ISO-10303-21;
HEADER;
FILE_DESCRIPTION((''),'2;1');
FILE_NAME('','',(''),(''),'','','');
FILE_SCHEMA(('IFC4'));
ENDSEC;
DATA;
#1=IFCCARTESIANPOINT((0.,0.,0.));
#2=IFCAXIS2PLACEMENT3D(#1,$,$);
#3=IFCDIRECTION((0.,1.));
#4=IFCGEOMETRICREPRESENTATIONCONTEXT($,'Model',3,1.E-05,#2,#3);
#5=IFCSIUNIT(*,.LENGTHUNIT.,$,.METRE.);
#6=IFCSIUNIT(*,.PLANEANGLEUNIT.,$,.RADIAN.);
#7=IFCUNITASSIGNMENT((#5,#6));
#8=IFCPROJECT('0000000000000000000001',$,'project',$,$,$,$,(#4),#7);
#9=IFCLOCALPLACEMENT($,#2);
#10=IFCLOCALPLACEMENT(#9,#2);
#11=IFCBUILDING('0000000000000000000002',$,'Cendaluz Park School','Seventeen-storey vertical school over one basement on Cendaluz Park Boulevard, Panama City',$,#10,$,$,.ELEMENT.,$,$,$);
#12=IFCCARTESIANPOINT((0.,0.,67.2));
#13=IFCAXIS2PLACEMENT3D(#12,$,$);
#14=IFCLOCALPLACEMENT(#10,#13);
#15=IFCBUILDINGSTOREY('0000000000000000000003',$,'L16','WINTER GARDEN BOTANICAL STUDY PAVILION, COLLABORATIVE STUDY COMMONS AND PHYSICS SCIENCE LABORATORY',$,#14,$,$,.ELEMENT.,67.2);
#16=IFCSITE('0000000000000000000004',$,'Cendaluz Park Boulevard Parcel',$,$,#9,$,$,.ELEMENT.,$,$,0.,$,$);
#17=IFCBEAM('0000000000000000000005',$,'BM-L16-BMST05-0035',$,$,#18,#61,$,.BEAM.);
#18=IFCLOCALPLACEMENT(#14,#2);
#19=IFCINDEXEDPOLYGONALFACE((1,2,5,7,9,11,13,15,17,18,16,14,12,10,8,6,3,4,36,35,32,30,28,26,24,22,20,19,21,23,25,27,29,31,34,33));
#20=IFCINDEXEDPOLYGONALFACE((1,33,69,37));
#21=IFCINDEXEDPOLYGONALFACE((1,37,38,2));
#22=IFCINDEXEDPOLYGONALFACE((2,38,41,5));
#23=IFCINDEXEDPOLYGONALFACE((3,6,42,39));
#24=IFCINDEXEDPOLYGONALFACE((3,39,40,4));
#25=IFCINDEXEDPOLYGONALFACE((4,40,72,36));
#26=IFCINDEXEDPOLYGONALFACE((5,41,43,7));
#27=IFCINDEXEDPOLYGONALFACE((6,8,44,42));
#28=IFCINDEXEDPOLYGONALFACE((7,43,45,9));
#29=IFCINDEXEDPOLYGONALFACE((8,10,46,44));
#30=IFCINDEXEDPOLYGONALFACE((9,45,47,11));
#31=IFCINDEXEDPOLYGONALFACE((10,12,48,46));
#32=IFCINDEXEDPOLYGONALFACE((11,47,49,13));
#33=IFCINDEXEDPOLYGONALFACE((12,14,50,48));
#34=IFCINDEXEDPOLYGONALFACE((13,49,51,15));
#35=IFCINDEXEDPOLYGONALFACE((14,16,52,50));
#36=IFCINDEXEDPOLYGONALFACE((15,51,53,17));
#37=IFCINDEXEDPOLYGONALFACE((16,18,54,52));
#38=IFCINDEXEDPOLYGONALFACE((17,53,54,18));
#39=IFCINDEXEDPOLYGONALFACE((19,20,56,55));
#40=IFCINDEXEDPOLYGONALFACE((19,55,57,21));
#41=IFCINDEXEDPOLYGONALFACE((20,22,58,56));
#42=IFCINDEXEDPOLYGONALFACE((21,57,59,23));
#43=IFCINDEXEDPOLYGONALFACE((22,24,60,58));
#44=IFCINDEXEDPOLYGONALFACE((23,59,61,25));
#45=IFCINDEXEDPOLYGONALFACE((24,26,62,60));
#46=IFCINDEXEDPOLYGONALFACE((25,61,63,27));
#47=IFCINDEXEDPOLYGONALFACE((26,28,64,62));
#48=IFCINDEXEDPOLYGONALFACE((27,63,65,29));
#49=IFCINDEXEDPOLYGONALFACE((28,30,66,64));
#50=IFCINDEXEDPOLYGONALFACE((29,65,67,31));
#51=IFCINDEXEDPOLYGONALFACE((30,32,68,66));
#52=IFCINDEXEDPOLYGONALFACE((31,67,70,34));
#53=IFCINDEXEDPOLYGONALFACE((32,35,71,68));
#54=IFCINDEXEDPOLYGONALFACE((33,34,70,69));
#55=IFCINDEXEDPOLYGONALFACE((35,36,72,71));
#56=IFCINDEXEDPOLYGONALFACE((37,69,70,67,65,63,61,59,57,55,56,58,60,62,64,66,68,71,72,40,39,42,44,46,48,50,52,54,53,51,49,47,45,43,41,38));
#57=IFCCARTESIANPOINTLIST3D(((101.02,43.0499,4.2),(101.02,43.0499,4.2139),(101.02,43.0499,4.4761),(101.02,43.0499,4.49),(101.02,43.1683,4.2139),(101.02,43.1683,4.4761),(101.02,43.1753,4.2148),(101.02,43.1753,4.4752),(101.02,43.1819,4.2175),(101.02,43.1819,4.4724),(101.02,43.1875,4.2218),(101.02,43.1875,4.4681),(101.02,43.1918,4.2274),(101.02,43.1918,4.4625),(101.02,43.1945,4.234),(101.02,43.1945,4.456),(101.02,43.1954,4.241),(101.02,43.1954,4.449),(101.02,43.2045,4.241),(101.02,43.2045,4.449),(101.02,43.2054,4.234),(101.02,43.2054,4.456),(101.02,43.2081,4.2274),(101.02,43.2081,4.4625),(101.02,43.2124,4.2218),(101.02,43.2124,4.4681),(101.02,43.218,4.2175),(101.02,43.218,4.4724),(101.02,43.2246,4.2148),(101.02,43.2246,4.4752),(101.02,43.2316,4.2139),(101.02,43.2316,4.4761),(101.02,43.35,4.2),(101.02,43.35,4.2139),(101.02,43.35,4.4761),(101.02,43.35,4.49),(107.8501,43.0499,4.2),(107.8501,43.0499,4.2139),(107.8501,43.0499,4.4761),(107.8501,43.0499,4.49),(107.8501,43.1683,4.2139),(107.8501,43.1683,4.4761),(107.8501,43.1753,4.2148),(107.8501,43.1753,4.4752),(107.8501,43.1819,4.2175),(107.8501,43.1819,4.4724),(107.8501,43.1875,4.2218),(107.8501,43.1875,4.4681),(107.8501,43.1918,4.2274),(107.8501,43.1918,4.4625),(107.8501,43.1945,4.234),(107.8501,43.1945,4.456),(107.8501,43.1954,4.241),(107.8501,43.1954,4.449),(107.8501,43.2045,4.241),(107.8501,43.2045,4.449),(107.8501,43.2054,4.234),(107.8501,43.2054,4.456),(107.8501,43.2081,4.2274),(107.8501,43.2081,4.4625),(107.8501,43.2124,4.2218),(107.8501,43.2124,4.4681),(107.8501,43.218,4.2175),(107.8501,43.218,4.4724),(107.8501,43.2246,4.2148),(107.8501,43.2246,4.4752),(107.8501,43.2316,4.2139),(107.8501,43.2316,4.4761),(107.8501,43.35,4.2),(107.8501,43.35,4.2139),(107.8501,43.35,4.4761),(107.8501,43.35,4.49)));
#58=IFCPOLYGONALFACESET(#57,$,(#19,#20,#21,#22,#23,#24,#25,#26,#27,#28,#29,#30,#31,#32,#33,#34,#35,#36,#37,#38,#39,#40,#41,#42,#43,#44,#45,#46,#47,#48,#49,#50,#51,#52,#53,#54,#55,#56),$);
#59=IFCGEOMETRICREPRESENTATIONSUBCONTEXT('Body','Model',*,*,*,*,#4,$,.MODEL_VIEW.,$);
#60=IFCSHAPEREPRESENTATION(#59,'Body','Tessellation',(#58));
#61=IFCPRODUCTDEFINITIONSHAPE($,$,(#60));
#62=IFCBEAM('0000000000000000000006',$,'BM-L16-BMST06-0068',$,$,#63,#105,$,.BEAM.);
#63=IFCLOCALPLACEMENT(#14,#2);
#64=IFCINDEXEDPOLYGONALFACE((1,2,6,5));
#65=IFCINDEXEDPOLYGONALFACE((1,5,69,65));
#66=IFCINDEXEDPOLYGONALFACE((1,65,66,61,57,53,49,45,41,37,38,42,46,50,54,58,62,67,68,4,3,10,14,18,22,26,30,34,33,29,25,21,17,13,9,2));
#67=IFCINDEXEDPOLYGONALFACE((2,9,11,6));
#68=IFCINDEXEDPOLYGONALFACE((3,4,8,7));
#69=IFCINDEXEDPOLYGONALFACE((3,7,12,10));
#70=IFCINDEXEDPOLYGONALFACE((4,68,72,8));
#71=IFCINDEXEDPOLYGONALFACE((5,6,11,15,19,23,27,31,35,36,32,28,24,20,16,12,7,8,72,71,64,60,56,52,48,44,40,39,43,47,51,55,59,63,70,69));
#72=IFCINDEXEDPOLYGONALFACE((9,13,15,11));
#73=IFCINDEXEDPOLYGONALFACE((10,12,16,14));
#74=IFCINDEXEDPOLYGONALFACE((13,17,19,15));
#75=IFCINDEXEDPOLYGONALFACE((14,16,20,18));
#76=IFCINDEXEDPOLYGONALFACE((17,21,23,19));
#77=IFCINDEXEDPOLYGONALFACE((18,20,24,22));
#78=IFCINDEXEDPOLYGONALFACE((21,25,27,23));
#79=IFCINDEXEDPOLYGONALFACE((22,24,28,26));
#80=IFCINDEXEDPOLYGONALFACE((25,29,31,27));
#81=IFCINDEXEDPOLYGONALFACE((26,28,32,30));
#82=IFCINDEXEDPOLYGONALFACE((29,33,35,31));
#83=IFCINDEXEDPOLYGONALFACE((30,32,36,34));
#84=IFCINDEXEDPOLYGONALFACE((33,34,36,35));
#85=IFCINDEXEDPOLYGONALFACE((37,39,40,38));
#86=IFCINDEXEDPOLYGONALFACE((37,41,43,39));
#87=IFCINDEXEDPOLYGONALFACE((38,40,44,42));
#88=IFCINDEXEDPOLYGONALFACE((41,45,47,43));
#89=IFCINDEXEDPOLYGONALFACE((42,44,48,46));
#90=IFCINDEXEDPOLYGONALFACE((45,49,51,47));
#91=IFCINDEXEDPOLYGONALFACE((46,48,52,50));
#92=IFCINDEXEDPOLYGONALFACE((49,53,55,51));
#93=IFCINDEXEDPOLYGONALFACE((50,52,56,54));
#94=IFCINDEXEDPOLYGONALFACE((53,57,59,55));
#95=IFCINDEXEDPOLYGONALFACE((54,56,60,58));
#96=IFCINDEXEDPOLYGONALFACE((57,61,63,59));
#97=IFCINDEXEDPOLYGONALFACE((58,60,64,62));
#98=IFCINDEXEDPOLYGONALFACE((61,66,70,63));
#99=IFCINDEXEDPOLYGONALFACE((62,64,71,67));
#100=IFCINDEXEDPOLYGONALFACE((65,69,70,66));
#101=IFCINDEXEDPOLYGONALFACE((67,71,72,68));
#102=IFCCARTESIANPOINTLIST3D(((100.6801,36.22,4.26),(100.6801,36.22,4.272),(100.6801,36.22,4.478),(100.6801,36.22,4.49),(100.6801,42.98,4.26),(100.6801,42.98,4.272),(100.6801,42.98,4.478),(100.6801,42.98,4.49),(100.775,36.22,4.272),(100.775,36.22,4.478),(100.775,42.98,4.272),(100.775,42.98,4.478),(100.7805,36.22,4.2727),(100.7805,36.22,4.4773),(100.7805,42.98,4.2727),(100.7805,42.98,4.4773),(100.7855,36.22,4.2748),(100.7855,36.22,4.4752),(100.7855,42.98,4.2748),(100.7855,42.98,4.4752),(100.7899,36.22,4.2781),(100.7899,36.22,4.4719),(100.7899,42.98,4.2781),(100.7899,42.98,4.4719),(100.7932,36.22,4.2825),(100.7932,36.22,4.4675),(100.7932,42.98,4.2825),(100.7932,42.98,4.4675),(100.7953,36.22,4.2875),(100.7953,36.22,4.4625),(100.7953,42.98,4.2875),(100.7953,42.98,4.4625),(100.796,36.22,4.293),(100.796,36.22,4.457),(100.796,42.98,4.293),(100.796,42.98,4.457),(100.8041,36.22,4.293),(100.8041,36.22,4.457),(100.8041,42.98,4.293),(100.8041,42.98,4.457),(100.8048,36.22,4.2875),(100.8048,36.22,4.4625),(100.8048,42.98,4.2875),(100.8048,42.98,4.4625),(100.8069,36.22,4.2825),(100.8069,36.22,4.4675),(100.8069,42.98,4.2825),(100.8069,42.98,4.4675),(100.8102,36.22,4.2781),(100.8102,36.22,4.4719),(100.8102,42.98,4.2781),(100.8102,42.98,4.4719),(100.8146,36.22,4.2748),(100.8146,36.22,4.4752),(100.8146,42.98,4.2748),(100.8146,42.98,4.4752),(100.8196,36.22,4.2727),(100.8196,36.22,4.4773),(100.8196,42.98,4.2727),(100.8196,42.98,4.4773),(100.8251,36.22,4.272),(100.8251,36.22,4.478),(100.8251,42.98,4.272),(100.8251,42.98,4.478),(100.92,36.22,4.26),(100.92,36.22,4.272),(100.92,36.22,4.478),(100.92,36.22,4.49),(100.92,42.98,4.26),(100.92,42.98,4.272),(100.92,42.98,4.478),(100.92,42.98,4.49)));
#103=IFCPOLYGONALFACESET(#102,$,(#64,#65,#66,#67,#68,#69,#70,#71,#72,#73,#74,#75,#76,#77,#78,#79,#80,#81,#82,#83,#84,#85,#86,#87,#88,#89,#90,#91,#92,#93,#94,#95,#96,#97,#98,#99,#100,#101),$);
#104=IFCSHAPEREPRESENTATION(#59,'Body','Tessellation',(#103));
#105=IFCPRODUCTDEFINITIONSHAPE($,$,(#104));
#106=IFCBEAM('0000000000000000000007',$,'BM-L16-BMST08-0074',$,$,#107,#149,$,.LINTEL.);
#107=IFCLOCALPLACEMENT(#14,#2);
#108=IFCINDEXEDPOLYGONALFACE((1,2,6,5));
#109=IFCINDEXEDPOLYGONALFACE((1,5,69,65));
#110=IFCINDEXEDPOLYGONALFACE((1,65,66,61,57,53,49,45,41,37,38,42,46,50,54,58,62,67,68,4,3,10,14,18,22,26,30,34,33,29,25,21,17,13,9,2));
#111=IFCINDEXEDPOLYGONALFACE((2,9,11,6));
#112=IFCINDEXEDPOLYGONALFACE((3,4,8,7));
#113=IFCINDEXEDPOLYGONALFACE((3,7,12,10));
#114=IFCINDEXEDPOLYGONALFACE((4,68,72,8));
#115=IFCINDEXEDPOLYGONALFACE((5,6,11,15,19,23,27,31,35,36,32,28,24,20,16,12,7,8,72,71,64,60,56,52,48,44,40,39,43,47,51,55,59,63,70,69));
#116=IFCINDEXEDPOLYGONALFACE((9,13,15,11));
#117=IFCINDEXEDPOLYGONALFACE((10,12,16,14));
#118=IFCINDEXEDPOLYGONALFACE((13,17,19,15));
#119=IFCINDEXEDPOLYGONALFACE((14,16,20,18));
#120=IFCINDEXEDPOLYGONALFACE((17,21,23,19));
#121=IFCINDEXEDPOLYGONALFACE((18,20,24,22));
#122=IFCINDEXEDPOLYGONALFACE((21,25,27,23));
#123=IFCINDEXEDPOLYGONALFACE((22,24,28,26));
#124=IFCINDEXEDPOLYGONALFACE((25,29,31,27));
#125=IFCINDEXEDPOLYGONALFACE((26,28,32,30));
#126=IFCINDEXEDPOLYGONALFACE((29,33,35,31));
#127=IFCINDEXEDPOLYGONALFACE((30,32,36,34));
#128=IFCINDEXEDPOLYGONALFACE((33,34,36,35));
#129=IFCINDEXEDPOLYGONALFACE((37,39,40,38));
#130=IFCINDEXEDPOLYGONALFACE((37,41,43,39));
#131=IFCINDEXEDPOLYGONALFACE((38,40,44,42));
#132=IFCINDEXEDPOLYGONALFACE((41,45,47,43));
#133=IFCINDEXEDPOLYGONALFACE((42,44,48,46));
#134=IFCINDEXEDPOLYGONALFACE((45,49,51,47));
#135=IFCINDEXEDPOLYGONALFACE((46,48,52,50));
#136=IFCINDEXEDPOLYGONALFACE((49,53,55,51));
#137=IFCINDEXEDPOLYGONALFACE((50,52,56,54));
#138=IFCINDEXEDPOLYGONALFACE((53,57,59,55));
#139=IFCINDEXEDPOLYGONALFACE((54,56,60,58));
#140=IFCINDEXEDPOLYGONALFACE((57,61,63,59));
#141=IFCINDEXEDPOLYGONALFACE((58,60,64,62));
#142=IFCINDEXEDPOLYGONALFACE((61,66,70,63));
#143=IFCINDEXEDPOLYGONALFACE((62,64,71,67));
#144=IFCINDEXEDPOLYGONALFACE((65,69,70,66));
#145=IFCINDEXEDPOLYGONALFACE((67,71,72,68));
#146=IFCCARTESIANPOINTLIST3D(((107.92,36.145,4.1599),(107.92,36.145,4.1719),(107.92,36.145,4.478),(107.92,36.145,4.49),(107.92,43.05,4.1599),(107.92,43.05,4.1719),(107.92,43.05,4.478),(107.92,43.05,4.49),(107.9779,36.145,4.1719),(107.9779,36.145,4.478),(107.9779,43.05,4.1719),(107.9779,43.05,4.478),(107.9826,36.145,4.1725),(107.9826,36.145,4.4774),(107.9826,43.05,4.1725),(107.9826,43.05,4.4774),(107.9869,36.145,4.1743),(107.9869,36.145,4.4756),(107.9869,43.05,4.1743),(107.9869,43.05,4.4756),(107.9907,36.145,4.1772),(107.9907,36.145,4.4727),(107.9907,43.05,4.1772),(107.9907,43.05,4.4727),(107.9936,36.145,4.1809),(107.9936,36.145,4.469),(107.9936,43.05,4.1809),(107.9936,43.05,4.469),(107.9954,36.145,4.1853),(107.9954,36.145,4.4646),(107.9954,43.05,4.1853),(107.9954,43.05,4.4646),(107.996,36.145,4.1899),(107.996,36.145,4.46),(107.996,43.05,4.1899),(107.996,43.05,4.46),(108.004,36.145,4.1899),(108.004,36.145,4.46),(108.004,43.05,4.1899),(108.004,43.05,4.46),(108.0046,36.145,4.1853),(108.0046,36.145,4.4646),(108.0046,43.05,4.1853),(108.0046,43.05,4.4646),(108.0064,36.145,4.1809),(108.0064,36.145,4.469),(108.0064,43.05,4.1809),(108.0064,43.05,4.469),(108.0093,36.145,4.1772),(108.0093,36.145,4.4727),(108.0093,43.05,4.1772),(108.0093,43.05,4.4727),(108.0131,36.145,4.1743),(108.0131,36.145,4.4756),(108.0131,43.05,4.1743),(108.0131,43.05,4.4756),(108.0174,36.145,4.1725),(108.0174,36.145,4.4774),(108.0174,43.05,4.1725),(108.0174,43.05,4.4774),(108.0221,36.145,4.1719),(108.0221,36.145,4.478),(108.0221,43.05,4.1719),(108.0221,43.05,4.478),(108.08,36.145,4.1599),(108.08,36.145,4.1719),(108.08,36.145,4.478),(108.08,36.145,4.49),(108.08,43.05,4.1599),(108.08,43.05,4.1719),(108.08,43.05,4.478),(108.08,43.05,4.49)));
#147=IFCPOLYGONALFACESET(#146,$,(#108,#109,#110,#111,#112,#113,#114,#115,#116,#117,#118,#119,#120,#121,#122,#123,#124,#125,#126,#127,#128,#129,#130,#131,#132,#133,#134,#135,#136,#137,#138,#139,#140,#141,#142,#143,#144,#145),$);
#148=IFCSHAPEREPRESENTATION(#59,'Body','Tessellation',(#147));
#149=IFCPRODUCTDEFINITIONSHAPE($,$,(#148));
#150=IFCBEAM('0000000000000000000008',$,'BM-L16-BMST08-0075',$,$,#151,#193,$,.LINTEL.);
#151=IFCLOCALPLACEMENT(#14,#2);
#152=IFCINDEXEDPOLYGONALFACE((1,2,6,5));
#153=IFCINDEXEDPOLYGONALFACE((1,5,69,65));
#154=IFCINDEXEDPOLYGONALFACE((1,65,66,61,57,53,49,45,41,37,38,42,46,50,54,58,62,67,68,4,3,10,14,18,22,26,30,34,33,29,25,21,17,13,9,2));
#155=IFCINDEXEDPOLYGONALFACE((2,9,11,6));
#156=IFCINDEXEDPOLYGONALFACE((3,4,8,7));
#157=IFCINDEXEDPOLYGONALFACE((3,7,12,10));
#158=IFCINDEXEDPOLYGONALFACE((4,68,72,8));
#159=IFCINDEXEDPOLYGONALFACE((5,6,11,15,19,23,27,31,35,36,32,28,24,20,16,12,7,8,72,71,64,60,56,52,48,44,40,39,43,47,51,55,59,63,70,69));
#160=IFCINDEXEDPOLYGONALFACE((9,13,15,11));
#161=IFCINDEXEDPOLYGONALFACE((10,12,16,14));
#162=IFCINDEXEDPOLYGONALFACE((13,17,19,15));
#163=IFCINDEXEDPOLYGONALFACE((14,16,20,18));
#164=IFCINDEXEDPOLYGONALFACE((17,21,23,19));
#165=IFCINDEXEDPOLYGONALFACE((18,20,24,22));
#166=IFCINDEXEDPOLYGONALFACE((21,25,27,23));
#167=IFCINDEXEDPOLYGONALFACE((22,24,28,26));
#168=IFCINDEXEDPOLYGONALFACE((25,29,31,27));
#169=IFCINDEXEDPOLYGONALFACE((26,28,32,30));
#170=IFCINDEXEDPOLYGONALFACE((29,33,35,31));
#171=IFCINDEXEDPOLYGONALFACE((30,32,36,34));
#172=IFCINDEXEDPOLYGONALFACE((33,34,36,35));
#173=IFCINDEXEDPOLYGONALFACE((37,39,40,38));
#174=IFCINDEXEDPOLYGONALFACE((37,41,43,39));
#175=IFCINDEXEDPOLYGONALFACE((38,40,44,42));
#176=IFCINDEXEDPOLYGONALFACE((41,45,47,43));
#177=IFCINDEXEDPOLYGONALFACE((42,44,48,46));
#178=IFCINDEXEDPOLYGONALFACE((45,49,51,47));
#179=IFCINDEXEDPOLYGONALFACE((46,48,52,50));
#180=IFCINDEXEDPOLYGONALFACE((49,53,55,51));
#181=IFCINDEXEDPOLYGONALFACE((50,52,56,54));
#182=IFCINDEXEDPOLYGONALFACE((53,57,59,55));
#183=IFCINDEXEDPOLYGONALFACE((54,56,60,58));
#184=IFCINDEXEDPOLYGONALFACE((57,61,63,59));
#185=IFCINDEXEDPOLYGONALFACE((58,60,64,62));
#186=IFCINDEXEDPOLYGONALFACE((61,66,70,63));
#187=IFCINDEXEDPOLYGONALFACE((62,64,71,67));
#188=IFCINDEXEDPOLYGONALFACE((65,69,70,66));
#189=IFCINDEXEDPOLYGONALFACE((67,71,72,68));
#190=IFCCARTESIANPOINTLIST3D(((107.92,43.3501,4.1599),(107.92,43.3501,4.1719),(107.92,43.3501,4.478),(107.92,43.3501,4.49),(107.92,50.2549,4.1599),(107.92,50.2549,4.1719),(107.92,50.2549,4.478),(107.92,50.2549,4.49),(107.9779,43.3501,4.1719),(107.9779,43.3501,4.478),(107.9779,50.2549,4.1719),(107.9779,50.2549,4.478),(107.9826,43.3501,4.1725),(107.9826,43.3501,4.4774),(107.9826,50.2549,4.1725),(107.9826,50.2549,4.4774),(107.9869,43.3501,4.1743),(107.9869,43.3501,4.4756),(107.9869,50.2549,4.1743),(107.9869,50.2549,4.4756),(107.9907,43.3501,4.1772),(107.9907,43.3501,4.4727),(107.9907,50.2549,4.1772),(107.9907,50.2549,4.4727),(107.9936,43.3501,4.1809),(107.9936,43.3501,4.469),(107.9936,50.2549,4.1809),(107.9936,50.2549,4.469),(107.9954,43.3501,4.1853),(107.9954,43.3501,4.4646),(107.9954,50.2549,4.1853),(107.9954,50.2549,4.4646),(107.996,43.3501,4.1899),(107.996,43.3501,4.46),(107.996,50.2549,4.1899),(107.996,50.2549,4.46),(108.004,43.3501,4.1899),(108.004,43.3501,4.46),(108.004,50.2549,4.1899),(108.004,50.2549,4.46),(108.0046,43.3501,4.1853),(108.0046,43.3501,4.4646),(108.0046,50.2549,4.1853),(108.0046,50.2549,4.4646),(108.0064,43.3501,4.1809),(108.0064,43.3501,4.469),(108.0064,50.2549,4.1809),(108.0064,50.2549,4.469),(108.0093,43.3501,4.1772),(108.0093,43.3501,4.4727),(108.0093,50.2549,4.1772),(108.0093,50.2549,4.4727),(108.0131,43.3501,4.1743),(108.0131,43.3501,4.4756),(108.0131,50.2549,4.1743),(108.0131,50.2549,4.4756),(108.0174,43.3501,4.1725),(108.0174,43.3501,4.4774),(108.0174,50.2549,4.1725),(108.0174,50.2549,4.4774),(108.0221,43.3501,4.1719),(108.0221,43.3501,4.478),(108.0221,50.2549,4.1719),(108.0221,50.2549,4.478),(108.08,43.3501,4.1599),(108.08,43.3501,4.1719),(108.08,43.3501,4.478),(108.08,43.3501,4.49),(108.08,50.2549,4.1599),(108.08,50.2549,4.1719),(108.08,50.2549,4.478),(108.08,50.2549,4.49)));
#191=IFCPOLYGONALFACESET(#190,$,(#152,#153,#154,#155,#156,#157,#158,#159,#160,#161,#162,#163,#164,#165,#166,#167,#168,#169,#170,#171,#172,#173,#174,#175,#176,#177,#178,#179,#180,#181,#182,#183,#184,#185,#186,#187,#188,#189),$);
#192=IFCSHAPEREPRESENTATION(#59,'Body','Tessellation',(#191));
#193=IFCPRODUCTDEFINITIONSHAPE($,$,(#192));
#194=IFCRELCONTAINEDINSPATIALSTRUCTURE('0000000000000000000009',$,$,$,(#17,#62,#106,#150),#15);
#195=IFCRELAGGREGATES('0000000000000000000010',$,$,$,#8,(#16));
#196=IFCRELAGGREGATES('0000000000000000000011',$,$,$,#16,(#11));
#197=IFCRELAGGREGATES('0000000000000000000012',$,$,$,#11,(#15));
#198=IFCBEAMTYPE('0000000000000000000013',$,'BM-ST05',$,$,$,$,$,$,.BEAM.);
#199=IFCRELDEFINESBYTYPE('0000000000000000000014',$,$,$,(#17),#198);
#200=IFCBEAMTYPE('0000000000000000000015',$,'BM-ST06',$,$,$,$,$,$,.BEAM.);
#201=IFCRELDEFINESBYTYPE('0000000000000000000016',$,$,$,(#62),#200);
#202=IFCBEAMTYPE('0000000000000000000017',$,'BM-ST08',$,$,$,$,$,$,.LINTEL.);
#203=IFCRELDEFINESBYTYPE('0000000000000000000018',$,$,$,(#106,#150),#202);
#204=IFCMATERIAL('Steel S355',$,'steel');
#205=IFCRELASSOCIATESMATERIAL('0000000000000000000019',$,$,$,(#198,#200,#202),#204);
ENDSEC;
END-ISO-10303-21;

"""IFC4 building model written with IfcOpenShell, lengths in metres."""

from ifc_helpers import new_model, si_unit, direction, frame, origin, origin_2d, place, context, subcontext, project, spatial, i_section, extrude, material, material_profile, profile_set, type_object, element, save


model = new_model("IFC4")

# Units and contexts
model_context = context("Model", 3, precision=1e-05, world=origin(), true_north=direction((0.0, 1.0)))
body_context = subcontext(model_context, "Body", "Model", "MODEL_VIEW")
ifc_project = project(units=[si_unit("LENGTHUNIT", "METRE"), si_unit("PLANEANGLEUNIT", "RADIAN")], contexts=[model_context])

# Site, building, storey
site_placement = place(None, origin())
site = spatial("IfcSite", under=ifc_project, at=site_placement, Name="Cendaluz Park Boulevard Parcel", CompositionType="ELEMENT", RefElevation=0.0)
building_placement = place(site_placement, origin())
building = spatial("IfcBuilding", under=site, at=building_placement, Name="Cendaluz Park School", Description="Seventeen-storey vertical school over one basement on Cendaluz Park Boulevard, Panama City", CompositionType="ELEMENT")
storey_placement = place(building_placement, frame((0.0, 0.0, 67.2)))
storey = spatial("IfcBuildingStorey", under=building, at=storey_placement, Name="L16", Description="WINTER GARDEN BOTANICAL STUDY PAVILION, COLLABORATIVE STUDY COMMONS AND PHYSICS SCIENCE LABORATORY", CompositionType="ELEMENT", Elevation=67.2)

# Shared definitions
ifc_material_1 = material(Name="Steel S355", Category="steel")

# Beams
ifc_material_profile_1 = material_profile(ifc_material_1, i_section(OverallWidth=0.3, OverallDepth=0.29, WebThickness=0.009, FlangeThickness=0.0139, FilletRadius=0.0271, at=origin_2d()), Name="HEA 300", Category="steel")
ifc_profile_set_1 = profile_set([ifc_material_profile_1], Name="Steel S355")
beam_type_1 = type_object("IfcBeamType", Name="BM-ST05", PredefinedType="BEAM", material=ifc_profile_set_1)
for number, where, z_axis, x_axis, name in (
    (1, (101.02, 43.2, 4.345), (1.0, 0.0, 0.0), (0.0, 1.0, 0.0), "BM-L16-BMST05-0035"),
):
    element("IfcBeam", number, at=place(storey_placement, frame(where, z_axis=z_axis, x_axis=x_axis)), inside=storey, type_object=beam_type_1, Name=name, PredefinedType="BEAM", context=body_context, shape_type="SweptSolid", body=[
        extrude(i_section(OverallWidth=0.3, OverallDepth=0.29, WebThickness=0.009, FlangeThickness=0.0139, FilletRadius=0.0271, at=origin_2d()), origin(), (0.0, 0.0, 1.0), 6.8301),
    ])
ifc_material_profile_2 = material_profile(ifc_material_1, i_section(OverallWidth=0.24, OverallDepth=0.23, WebThickness=0.0081, FlangeThickness=0.012, FilletRadius=0.021, at=origin_2d()), Name="HEA 240", Category="steel")
ifc_profile_set_2 = profile_set([ifc_material_profile_2], Name="Steel S355")
beam_type_2 = type_object("IfcBeamType", Name="BM-ST06", PredefinedType="BEAM", material=ifc_profile_set_2)
beam_1_placement = place(storey_placement, frame((100.8, 36.22, 4.375), z_axis=(0.0, 1.0, 0.0), x_axis=(-1.0, 0.0, 0.0)))
element("IfcBeam", 2, at=beam_1_placement, inside=storey, type_object=beam_type_2, Name="BM-L16-BMST06-0068", PredefinedType="BEAM", context=body_context, shape_type="SweptSolid", body=[
    extrude(i_section(OverallWidth=0.24, OverallDepth=0.23, WebThickness=0.0081, FlangeThickness=0.012, FilletRadius=0.021, at=origin_2d()), origin(), (0.0, 0.0, 1.0), 6.76),
])
ifc_material_profile_3 = material_profile(ifc_material_1, i_section(OverallWidth=0.1599, OverallDepth=0.3301, WebThickness=0.0081, FlangeThickness=0.012, FilletRadius=0.0181, at=origin_2d()), Name="IPE 330", Category="steel")
ifc_profile_set_3 = profile_set([ifc_material_profile_3], Name="Steel S355")
beam_type_3 = type_object("IfcBeamType", Name="BM-ST08", PredefinedType="LINTEL", material=ifc_profile_set_3)
beam_2_placement = place(storey_placement, frame((108.0, 36.145, 4.325), z_axis=(0.0, 1.0, 0.0), x_axis=(-1.0, 0.0, 0.0)))
element("IfcBeam", 3, at=beam_2_placement, inside=storey, type_object=beam_type_3, Name="BM-L16-BMST08-0074", PredefinedType="LINTEL", context=body_context, shape_type="SweptSolid", body=[
    extrude(i_section(OverallWidth=0.1599, OverallDepth=0.3301, WebThickness=0.0081, FlangeThickness=0.012, FilletRadius=0.0181, at=origin_2d()), origin(), (0.0, 0.0, 1.0), 6.905),
])
beam_3_placement = place(storey_placement, frame((108.0, 43.3501, 4.325), z_axis=(0.0, 1.0, 0.0), x_axis=(-1.0, 0.0, 0.0)))
element("IfcBeam", 4, at=beam_3_placement, inside=storey, type_object=beam_type_3, Name="BM-L16-BMST08-0075", PredefinedType="LINTEL", context=body_context, shape_type="SweptSolid", body=[
    extrude(i_section(OverallWidth=0.1599, OverallDepth=0.3301, WebThickness=0.0081, FlangeThickness=0.012, FilletRadius=0.0181, at=origin_2d()), origin(), (0.0, 0.0, 1.0), 6.9048),
])

save(model, "model.ifc")
